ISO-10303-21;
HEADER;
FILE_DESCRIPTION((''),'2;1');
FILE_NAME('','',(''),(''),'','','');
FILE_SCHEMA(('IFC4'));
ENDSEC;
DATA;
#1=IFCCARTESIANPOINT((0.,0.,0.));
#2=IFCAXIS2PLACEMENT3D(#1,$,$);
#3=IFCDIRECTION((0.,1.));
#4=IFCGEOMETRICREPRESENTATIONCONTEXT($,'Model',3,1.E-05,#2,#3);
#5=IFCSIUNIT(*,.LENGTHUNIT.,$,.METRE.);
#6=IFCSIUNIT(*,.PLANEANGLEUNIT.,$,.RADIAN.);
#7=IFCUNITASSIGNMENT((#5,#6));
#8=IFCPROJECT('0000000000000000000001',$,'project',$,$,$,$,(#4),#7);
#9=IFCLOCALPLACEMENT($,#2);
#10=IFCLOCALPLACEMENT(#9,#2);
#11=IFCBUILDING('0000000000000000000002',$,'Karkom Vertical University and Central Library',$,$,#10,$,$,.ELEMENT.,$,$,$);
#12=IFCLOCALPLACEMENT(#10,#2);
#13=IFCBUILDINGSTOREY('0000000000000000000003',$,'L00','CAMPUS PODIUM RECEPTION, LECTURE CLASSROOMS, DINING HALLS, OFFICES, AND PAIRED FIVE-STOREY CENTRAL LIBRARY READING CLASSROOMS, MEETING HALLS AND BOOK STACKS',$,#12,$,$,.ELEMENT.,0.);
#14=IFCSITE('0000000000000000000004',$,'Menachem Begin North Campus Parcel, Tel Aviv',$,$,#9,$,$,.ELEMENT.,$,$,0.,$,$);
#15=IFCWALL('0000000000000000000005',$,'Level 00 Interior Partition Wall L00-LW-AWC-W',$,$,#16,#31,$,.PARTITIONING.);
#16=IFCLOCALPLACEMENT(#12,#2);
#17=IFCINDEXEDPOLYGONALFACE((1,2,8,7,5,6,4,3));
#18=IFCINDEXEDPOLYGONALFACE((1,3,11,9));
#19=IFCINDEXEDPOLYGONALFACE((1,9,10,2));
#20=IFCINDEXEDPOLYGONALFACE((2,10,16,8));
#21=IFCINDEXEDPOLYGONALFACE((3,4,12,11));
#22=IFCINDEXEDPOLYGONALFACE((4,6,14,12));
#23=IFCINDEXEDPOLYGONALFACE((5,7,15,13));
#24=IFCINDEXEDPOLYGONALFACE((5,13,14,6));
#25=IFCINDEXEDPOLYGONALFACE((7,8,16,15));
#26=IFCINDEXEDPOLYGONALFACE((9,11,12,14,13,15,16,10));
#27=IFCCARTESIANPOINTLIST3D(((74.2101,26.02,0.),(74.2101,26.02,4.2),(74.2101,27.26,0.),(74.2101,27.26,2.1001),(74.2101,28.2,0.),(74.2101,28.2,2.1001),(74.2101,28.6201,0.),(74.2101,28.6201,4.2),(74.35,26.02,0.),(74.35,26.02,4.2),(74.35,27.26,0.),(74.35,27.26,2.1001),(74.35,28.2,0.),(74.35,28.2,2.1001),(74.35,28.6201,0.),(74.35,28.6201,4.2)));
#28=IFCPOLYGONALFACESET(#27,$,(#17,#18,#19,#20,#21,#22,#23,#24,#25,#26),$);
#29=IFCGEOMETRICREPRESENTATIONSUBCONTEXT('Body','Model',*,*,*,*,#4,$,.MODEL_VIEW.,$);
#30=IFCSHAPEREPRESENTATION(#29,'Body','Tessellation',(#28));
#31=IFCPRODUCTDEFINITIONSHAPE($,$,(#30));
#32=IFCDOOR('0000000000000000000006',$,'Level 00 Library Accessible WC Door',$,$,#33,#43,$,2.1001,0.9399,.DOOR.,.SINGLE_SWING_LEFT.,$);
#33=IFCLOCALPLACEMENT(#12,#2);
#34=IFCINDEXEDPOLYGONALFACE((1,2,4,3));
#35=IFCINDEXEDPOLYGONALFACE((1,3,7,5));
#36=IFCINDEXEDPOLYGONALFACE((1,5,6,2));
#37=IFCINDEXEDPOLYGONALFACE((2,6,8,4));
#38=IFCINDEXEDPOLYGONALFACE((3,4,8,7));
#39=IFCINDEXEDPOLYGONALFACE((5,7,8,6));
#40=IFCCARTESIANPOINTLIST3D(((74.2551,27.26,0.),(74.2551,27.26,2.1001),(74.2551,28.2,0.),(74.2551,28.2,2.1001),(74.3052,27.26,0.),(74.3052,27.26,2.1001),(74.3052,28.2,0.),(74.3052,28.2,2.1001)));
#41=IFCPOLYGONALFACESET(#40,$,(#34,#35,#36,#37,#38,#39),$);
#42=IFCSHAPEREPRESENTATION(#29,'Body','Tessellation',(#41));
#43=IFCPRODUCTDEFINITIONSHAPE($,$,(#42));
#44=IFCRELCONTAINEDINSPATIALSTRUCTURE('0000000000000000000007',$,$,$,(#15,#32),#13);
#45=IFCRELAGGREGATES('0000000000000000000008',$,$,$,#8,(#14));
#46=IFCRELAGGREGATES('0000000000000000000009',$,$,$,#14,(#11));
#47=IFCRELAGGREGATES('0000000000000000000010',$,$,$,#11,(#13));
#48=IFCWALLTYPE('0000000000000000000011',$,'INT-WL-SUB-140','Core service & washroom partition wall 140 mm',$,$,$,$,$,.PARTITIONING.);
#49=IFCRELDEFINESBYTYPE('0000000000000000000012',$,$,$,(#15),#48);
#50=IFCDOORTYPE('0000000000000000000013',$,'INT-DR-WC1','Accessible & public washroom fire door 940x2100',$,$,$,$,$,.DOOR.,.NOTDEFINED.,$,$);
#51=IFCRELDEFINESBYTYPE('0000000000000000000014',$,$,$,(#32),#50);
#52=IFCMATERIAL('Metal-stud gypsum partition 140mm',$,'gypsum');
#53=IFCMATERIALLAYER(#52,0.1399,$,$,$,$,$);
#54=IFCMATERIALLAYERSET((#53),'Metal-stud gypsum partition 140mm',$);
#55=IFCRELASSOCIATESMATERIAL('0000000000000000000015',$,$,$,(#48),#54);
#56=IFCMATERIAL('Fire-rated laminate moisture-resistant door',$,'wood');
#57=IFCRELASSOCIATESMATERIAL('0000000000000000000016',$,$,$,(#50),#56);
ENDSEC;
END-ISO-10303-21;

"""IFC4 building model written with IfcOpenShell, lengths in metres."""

from ifc_helpers import new_model, si_unit, direction, frame, frame_2d, origin, origin_with_axes, place, context, subcontext, project, spatial, rectangle, extrude, source, transform, mapped, material, layer, layer_set, type_object, element, fill, save


model = new_model("IFC4")

# Units and contexts
model_context = context("Model", 3, precision=1e-05, world=origin(), true_north=direction((0.0, 1.0)))
body_context = subcontext(model_context, "Body", "Model", "MODEL_VIEW")
ifc_project = project(units=[si_unit("LENGTHUNIT", "METRE"), si_unit("PLANEANGLEUNIT", "RADIAN")], contexts=[model_context])

# Site, building, storey
site_placement = place(None, origin())
site = spatial("IfcSite", under=ifc_project, at=site_placement, Name="Menachem Begin North Campus Parcel, Tel Aviv", CompositionType="ELEMENT", RefElevation=0.0)
building_placement = place(site_placement, origin())
building = spatial("IfcBuilding", under=site, at=building_placement, Name="Karkom Vertical University and Central Library", CompositionType="ELEMENT")
storey_placement = place(building_placement, origin())
storey = spatial("IfcBuildingStorey", under=building, at=storey_placement, Name="L00", Description="CAMPUS PODIUM RECEPTION, LECTURE CLASSROOMS, DINING HALLS, OFFICES, AND PAIRED FIVE-STOREY CENTRAL LIBRARY READING CLASSROOMS, MEETING HALLS AND BOOK STACKS", CompositionType="ELEMENT", Elevation=0.0)

# Shared definitions
ifc_material_1 = material(Name="Metal-stud gypsum partition 140mm", Category="gypsum")
ifc_layer_1 = layer(ifc_material_1, 0.1399)
ifc_layer_set_1 = layer_set([ifc_layer_1], Name="Metal-stud gypsum partition 140mm")
wall_type = type_object("IfcWallType", Name="INT-WL-SUB-140", Description="Core service & washroom partition wall 140 mm", PredefinedType="PARTITIONING", material=ifc_layer_set_1)

# Wall, opening, door
wall_1_placement = place(storey_placement, frame((74.28, 26.02, 0.0), z_axis=(0.0, 0.0, 1.0), x_axis=(0.0, 1.0, 0.0)))
wall_1 = element("IfcWall", 1, at=wall_1_placement, inside=storey, type_object=wall_type, Name="Level 00 Interior Partition Wall L00-LW-AWC-W", PredefinedType="PARTITIONING", context=body_context, shape_type="SweptSolid", body=[
    extrude(rectangle(XDim=2.6001, YDim=0.1399, at=frame_2d((1.3, 0.0))), origin(), (0.0, 0.0, 1.0), 4.2),
])
opening_placement = place(wall_1_placement, frame((1.24, 0.0, 0.0)))
opening = element("IfcOpeningElement", 2, at=opening_placement, cuts=wall_1, PredefinedType="OPENING", context=body_context, shape_type="SweptSolid", body=[
    extrude(rectangle(XDim=0.9399, YDim=2.1001, at=frame_2d((0.47, 1.05))), frame((0.0, 0.0801, 0.0), z_axis=(0.0, -1.0, 0.0), x_axis=(1.0, 0.0, 0.0)), (0.0, 0.0, 1.0), 0.1599),
])
ifc_material_2 = material(Name="Fire-rated laminate moisture-resistant door", Category="wood")
door_type = type_object("IfcDoorType", Name="INT-DR-WC1", Description="Accessible & public washroom fire door 940x2100", OperationType="NOTDEFINED", PredefinedType="DOOR", material=ifc_material_2)
shared_shape_1 = source(origin_with_axes(), body_context, "Body", "SweptSolid", [
    extrude(rectangle(XDim=0.9399, YDim=2.1001, at=frame_2d((0.47, 1.05))), frame((0.0, 0.0249, 0.0), z_axis=(0.0, -1.0, 0.0), x_axis=(1.0, 0.0, 0.0)), (0.0, 0.0, 1.0), 0.05),
])
door_placement = place(opening_placement, origin())
door = element("IfcDoor", 3, at=door_placement, inside=storey, type_object=door_type, Name="Level 00 Library Accessible WC Door", OperationType="SINGLE_SWING_LEFT", OverallHeight=2.1001, OverallWidth=0.9399, PredefinedType="DOOR", context=body_context, shape_type="MappedRepresentation", body=[
    mapped(shared_shape_1, transform((0.0, 0.0, 0.0), scale=1.0)),
])
fill(opening, door)

save(model, "model.ifc")
